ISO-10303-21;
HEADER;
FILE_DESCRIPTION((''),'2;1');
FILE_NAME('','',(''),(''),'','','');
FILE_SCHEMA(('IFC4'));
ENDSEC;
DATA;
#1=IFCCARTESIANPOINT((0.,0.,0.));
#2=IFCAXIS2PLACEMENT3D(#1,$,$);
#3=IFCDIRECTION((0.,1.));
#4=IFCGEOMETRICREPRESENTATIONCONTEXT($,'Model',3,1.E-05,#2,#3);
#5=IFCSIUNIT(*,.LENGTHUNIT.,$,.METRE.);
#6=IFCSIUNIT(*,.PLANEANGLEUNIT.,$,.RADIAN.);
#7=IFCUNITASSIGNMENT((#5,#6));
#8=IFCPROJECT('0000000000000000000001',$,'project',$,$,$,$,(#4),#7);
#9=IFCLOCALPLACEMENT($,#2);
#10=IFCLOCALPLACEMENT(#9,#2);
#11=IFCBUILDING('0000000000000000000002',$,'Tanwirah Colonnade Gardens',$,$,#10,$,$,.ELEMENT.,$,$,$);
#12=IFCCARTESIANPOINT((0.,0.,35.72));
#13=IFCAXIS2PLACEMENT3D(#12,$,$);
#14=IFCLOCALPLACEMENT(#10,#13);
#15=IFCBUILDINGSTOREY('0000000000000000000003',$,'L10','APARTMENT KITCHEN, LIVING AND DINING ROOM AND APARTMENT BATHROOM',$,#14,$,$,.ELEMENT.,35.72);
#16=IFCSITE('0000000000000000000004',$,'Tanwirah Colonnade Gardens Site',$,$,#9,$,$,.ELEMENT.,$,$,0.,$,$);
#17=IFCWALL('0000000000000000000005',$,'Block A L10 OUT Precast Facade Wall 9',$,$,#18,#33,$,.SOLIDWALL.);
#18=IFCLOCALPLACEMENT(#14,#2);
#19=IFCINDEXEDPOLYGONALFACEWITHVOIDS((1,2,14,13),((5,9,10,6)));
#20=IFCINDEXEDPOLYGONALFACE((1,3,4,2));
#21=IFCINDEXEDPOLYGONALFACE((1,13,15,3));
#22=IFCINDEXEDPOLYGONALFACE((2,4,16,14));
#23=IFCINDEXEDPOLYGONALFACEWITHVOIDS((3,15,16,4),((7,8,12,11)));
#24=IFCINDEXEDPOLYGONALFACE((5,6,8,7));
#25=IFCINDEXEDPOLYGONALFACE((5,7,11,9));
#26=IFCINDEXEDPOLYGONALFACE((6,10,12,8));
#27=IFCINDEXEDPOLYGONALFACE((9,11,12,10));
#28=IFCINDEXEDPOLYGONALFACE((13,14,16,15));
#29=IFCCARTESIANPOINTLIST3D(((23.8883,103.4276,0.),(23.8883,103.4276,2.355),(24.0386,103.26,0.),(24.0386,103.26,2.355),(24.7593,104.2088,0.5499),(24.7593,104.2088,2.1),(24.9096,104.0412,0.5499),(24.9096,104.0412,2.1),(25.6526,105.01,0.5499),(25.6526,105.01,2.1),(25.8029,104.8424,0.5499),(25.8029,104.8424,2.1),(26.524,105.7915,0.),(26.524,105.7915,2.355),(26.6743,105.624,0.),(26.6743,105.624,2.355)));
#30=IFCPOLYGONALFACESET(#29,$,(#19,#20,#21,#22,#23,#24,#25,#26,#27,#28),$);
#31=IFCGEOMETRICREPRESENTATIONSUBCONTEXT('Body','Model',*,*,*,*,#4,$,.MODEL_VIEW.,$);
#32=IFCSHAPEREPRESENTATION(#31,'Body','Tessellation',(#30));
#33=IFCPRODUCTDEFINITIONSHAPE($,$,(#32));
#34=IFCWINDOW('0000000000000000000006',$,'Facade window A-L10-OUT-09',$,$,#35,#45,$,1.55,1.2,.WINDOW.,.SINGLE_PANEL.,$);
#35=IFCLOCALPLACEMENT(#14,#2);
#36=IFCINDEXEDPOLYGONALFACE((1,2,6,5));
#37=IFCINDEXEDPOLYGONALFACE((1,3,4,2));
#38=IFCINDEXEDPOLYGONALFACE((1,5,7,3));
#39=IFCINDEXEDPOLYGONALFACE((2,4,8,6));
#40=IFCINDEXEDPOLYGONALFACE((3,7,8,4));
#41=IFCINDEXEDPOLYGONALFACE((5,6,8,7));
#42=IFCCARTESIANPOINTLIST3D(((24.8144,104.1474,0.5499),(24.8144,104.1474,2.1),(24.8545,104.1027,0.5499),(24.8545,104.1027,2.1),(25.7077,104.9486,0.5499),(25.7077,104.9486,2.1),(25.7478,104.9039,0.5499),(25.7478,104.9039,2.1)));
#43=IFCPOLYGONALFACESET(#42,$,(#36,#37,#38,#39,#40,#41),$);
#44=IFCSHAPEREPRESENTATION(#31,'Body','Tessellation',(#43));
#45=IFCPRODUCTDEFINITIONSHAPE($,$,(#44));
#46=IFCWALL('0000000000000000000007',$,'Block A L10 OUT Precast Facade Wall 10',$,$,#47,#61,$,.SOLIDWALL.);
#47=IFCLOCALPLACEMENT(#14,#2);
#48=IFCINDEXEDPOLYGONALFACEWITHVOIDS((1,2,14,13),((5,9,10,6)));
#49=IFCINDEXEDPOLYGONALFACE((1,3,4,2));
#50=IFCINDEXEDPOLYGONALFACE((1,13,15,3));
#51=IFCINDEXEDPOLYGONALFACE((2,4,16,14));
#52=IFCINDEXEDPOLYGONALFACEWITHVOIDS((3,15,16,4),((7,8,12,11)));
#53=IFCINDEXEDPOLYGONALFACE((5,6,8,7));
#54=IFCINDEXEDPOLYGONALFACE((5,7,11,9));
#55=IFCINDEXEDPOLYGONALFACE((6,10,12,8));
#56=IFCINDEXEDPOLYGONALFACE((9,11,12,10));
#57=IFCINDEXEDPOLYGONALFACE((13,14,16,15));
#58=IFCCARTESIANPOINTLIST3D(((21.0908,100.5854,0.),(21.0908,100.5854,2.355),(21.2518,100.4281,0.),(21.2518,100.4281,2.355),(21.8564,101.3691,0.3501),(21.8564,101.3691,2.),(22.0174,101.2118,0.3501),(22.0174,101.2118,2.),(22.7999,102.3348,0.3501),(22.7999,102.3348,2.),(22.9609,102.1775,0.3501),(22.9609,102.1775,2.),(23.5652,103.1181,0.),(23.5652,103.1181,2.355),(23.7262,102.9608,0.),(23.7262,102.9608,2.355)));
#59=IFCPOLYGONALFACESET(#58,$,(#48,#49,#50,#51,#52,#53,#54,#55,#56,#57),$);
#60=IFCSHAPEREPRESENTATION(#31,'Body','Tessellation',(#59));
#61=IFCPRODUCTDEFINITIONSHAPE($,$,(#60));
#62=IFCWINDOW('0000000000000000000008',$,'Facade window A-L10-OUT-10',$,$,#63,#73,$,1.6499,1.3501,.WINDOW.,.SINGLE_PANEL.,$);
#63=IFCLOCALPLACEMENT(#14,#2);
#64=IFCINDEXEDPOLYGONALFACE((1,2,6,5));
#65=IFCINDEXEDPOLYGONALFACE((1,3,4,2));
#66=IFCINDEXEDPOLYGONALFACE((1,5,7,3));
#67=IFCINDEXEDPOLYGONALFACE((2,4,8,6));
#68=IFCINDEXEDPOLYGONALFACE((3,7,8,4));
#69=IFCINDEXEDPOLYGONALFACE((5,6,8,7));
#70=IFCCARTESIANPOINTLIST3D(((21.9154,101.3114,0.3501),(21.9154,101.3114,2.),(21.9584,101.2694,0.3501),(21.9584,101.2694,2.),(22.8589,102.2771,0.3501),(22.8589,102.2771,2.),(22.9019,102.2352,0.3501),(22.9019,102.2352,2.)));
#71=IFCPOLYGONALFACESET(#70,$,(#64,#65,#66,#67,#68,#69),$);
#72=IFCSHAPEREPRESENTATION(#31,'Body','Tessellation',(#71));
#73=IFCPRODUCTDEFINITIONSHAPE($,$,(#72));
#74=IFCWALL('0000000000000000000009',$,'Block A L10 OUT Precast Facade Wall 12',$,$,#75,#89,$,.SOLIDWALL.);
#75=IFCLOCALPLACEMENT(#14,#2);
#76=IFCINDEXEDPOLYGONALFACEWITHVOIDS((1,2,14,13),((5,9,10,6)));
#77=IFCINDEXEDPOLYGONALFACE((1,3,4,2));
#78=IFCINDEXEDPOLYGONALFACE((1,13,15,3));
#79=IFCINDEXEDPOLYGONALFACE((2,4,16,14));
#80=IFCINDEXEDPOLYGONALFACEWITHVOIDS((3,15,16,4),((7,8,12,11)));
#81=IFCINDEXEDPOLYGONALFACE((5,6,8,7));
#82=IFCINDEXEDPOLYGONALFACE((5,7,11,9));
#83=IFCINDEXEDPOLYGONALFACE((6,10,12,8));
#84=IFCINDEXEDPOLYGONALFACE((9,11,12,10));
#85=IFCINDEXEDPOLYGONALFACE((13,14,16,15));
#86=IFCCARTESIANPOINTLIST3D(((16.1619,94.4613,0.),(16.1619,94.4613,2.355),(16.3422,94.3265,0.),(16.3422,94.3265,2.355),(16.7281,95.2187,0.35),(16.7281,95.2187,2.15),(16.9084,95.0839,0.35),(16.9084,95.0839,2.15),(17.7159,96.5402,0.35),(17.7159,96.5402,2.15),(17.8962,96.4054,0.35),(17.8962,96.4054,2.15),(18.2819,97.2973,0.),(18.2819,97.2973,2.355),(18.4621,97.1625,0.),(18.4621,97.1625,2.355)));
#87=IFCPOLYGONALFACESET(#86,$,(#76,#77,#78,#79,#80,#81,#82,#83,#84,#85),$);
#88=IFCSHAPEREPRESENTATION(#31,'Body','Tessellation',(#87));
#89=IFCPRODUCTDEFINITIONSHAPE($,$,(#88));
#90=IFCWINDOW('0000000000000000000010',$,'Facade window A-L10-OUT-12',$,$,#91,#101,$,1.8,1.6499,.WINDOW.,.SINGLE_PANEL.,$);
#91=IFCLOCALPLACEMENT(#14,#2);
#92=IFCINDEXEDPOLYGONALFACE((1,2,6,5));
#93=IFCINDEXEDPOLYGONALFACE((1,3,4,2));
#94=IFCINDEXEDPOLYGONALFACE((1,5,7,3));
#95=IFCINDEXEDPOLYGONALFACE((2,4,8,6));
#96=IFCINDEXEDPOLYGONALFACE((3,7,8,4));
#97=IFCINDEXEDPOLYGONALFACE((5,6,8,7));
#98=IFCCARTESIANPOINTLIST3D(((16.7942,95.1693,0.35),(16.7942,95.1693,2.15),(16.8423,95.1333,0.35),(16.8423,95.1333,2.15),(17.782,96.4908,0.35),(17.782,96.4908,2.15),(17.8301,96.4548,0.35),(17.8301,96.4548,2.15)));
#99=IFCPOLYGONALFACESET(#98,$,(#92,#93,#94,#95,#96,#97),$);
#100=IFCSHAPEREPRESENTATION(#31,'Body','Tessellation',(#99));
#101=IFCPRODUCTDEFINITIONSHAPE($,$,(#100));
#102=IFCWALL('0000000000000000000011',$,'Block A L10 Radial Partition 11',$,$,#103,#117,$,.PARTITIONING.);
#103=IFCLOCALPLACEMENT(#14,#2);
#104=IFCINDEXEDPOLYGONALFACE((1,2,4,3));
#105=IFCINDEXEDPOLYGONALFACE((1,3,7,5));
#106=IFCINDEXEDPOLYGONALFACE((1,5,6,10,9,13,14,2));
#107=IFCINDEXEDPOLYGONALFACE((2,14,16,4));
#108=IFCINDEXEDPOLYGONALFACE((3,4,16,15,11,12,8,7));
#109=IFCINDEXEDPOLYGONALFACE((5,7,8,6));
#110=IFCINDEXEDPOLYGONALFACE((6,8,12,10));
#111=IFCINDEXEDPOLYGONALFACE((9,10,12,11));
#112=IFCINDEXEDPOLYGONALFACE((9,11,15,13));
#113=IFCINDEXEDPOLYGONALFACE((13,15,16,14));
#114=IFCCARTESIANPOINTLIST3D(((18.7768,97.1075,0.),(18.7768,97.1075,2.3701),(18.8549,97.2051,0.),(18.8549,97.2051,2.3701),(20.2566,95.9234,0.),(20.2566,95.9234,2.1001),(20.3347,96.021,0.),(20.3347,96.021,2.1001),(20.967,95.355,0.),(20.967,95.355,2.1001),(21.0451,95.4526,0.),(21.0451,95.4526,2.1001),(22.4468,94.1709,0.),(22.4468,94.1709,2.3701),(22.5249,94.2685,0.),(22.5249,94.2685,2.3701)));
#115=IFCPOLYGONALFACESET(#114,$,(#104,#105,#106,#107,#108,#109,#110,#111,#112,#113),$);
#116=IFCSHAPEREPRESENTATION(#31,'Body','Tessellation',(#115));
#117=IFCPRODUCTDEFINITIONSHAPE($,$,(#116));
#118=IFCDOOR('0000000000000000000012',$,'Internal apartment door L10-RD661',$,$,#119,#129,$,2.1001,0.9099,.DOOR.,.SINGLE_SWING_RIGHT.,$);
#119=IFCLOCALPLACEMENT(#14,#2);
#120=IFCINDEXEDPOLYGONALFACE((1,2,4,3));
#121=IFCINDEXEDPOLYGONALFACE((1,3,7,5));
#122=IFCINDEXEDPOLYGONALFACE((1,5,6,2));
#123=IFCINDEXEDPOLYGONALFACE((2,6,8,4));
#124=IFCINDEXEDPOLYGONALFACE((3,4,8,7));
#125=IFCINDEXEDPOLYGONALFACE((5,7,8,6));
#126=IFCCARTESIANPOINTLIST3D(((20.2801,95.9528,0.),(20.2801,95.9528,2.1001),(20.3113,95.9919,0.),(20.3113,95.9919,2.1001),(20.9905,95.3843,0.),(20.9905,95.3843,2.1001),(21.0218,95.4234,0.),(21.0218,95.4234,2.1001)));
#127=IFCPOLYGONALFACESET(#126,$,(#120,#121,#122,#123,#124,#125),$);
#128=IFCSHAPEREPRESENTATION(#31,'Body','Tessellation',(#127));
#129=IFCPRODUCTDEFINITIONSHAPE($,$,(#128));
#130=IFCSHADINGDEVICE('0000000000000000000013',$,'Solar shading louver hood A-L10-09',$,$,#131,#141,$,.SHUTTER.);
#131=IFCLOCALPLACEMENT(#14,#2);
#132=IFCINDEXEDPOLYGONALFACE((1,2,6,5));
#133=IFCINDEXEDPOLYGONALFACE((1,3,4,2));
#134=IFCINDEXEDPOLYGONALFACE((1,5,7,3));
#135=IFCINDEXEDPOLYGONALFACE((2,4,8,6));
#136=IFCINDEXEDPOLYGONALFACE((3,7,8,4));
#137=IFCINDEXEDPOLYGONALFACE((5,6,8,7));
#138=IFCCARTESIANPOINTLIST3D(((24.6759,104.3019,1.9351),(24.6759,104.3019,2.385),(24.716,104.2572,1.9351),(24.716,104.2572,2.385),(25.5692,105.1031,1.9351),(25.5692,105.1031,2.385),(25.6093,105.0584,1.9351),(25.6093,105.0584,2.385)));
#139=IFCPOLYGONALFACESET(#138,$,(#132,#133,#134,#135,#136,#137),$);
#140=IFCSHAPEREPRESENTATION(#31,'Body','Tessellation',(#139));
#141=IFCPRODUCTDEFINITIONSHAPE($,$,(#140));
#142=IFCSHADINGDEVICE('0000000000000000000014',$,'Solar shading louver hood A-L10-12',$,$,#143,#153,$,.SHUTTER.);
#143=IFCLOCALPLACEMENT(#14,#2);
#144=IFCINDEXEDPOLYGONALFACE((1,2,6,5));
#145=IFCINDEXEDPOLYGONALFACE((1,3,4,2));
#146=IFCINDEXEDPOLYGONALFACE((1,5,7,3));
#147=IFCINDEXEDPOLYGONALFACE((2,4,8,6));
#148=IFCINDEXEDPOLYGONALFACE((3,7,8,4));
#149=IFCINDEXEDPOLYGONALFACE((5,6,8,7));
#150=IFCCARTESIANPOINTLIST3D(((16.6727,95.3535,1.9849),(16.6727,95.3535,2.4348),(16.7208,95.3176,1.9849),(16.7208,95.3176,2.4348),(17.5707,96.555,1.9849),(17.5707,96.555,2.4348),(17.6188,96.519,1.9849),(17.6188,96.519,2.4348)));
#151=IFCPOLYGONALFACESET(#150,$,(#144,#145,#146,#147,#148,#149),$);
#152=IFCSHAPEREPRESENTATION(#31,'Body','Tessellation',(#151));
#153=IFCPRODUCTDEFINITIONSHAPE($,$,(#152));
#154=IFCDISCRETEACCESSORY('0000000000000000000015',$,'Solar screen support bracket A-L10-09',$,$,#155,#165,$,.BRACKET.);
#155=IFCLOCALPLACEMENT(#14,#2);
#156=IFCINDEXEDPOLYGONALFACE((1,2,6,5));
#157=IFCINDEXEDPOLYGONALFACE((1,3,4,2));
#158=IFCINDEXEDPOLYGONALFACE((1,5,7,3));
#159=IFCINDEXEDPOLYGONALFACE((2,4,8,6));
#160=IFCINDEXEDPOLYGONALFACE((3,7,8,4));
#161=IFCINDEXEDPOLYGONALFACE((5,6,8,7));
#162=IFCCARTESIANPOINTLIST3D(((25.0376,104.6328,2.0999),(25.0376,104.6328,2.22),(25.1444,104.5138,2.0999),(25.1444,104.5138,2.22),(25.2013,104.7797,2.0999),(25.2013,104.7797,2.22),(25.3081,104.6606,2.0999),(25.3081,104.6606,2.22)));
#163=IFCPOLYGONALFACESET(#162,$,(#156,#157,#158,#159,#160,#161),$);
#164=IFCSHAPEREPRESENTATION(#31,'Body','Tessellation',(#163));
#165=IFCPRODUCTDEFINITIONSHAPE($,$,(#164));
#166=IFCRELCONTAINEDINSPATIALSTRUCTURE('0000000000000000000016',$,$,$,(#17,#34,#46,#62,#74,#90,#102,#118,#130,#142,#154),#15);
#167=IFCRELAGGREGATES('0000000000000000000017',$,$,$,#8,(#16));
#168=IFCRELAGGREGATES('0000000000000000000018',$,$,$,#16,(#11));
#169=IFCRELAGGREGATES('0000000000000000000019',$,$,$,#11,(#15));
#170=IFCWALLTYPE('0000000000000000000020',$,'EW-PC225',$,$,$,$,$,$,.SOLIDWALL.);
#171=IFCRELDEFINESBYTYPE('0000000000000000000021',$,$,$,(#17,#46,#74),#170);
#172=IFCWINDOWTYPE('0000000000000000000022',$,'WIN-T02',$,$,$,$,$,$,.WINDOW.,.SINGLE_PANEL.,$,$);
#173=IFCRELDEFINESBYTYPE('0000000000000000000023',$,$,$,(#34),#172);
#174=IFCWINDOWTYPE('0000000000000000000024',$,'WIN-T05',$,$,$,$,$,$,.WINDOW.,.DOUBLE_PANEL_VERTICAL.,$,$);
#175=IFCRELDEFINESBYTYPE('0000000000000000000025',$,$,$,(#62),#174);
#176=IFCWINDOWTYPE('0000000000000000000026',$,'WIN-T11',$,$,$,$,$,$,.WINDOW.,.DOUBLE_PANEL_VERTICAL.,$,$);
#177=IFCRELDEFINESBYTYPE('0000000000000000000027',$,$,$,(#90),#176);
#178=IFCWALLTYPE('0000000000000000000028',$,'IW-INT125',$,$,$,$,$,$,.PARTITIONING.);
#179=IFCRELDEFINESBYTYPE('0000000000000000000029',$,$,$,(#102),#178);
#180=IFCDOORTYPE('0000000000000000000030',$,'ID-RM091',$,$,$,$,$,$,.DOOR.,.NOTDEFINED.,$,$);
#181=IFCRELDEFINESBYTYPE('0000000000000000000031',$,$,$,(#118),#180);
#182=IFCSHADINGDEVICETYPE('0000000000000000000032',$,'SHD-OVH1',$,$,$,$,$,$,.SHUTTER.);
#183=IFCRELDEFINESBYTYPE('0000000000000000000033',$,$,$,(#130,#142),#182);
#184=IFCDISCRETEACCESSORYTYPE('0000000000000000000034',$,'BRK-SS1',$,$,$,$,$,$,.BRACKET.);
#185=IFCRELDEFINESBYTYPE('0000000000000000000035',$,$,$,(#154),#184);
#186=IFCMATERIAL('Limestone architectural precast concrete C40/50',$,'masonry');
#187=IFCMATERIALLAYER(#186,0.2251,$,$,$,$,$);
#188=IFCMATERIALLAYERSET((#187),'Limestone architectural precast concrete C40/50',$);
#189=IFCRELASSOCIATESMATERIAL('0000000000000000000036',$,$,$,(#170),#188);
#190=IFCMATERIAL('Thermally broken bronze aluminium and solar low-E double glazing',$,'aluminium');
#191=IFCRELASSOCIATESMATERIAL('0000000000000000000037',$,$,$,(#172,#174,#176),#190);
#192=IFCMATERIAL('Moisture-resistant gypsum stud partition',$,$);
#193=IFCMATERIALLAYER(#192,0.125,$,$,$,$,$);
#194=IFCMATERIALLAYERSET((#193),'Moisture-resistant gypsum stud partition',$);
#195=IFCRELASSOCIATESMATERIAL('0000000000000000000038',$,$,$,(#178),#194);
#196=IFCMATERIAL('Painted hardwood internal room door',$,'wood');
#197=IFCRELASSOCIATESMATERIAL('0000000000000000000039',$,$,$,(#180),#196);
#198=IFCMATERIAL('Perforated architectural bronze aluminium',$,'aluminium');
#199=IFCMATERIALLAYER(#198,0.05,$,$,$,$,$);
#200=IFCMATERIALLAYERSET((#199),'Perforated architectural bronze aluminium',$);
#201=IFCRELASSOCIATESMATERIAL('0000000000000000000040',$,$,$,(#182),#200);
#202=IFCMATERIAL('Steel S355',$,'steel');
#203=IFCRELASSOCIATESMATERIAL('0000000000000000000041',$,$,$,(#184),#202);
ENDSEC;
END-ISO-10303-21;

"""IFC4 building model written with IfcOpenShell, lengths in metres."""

from ifc_helpers import new_model, si_unit, direction, frame, frame_2d, origin, origin_2d, place, context, subcontext, project, spatial, rectangle, extrude, material, layer, layer_set, type_object, element, fill, save


model = new_model("IFC4")

# Units and contexts
model_context = context("Model", 3, precision=1e-05, world=origin(), true_north=direction((0.0, 1.0)))
body_context = subcontext(model_context, "Body", "Model", "MODEL_VIEW")
ifc_project = project(units=[si_unit("LENGTHUNIT", "METRE"), si_unit("PLANEANGLEUNIT", "RADIAN")], contexts=[model_context])

# Site, building, storey
site_placement = place(None, origin())
site = spatial("IfcSite", under=ifc_project, at=site_placement, Name="Tanwirah Colonnade Gardens Site", CompositionType="ELEMENT", RefElevation=0.0)
building_placement = place(site_placement, origin())
building = spatial("IfcBuilding", under=site, at=building_placement, Name="Tanwirah Colonnade Gardens", CompositionType="ELEMENT")
storey_placement = place(building_placement, frame((0.0, 0.0, 35.72)))
storey = spatial("IfcBuildingStorey", under=building, at=storey_placement, Name="L10", Description="APARTMENT KITCHEN, LIVING AND DINING ROOM AND APARTMENT BATHROOM", CompositionType="ELEMENT", Elevation=35.72)

# Walls, openings, windows
ifc_material_1 = material(Name="Limestone architectural precast concrete C40/50", Category="masonry")
ifc_layer_1 = layer(ifc_material_1, 0.2251)
ifc_layer_set_1 = layer_set([ifc_layer_1], Name="Limestone architectural precast concrete C40/50")
wall_type_1 = type_object("IfcWallType", Name="EW-PC225", PredefinedType="SOLIDWALL", material=ifc_layer_set_1)
wall_1_placement = place(storey_placement, frame((26.5991, 105.7078, 0.0), z_axis=(0.0, 0.0, 1.0), x_axis=(-0.744438, -0.667691, 0.0)))
wall_1 = element("IfcWall", 1, at=wall_1_placement, inside=storey, type_object=wall_type_1, Name="Block A L10 OUT Precast Facade Wall 9", PredefinedType="SOLIDWALL", context=body_context, shape_type="SweptSolid", body=[
    extrude(rectangle(XDim=3.5405, YDim=0.2251, at=frame_2d((1.7703, 0.0))), origin(), (0.0, 0.0, 1.0), 2.355),
])
opening_1_placement = place(wall_1_placement, frame((1.1704, 0.0, 0.55)))
opening_1 = element("IfcOpeningElement", 2, at=opening_1_placement, cuts=wall_1, PredefinedType="OPENING", context=body_context, shape_type="SweptSolid", body=[
    extrude(rectangle(XDim=1.2, YDim=1.55, at=frame_2d((0.6001, 0.7749))), frame((0.0, 0.1226, 0.0), z_axis=(0.0, -1.0, 0.0), x_axis=(1.0, 0.0, 0.0)), (0.0, 0.0, 1.0), 0.2451),
])
ifc_material_2 = material(Name="Thermally broken bronze aluminium and solar low-E double glazing", Category="aluminium")
window_type_1 = type_object("IfcWindowType", Name="WIN-T02", PartitioningType="SINGLE_PANEL", PredefinedType="WINDOW", material=ifc_material_2)
window_1_placement = place(opening_1_placement, origin())
window_1 = element("IfcWindow", 3, at=window_1_placement, inside=storey, type_object=window_type_1, Name="Facade window A-L10-OUT-09", OverallHeight=1.55, OverallWidth=1.2, PartitioningType="SINGLE_PANEL", PredefinedType="WINDOW", context=body_context, shape_type="SweptSolid", body=[
    extrude(rectangle(XDim=1.2, YDim=1.55, at=frame_2d((0.6001, 0.7749))), frame((0.0, 0.03, 0.0), z_axis=(0.0, -1.0, 0.0), x_axis=(1.0, 0.0, 0.0)), (0.0, 0.0, 1.0), 0.0601),
])
fill(opening_1, window_1)
wall_2_placement = place(storey_placement, frame((23.6458, 103.0396, 0.0), z_axis=(0.0, 0.0, 1.0), x_axis=(-0.698819, -0.715298, 0.0)))
wall_2 = element("IfcWall", 4, at=wall_2_placement, inside=storey, type_object=wall_type_1, Name="Block A L10 OUT Precast Facade Wall 10", PredefinedType="SOLIDWALL", context=body_context, shape_type="SweptSolid", body=[
    extrude(rectangle(XDim=3.5408, YDim=0.2251, at=frame_2d((1.7705, 0.0))), origin(), (0.0, 0.0, 1.0), 2.355),
])
opening_2_placement = place(wall_2_placement, frame((1.0952, 0.0, 0.3501)))
opening_2 = element("IfcOpeningElement", 5, at=opening_2_placement, cuts=wall_2, PredefinedType="OPENING", context=body_context, shape_type="SweptSolid", body=[
    extrude(rectangle(XDim=1.3501, YDim=1.6499, at=frame_2d((0.675, 0.825))), frame((0.0, 0.1226, 0.0), z_axis=(0.0, -1.0, 0.0), x_axis=(1.0, 0.0, 0.0)), (0.0, 0.0, 1.0), 0.2451),
])
window_type_2 = type_object("IfcWindowType", Name="WIN-T05", PartitioningType="DOUBLE_PANEL_VERTICAL", PredefinedType="WINDOW", material=ifc_material_2)
window_2_placement = place(opening_2_placement, origin())
window_2 = element("IfcWindow", 6, at=window_2_placement, inside=storey, type_object=window_type_2, Name="Facade window A-L10-OUT-10", OverallHeight=1.6499, OverallWidth=1.3501, PartitioningType="SINGLE_PANEL", PredefinedType="WINDOW", context=body_context, shape_type="SweptSolid", body=[
    extrude(rectangle(XDim=1.3501, YDim=1.6499, at=frame_2d((0.675, 0.825))), frame((0.0, 0.03, 0.0), z_axis=(0.0, -1.0, 0.0), x_axis=(1.0, 0.0, 0.0)), (0.0, 0.0, 1.0), 0.0601),
])
fill(opening_2, window_2)

# Wall, opening, window
wall_3_placement = place(storey_placement, frame((18.3721, 97.23, 0.0), z_axis=(0.0, 0.0, 1.0), x_axis=(-0.598719, -0.800959, 0.0)))
wall_3 = element("IfcWall", 7, at=wall_3_placement, inside=storey, type_object=wall_type_1, Name="Block A L10 OUT Precast Facade Wall 12", PredefinedType="SOLIDWALL", context=body_context, shape_type="SweptSolid", body=[
    extrude(rectangle(XDim=3.5408, YDim=0.2251, at=frame_2d((1.7705, 0.0))), origin(), (0.0, 0.0, 1.0), 2.355),
])
opening_3_placement = place(wall_3_placement, frame((0.9453, 0.0, 0.3501)))
opening_3 = element("IfcOpeningElement", 8, at=opening_3_placement, cuts=wall_3, PredefinedType="OPENING", context=body_context, shape_type="SweptSolid", body=[
    extrude(rectangle(XDim=1.6499, YDim=1.8, at=frame_2d((0.825, 0.8999))), frame((0.0, 0.1226, 0.0), z_axis=(0.0, -1.0, 0.0), x_axis=(1.0, 0.0, 0.0)), (0.0, 0.0, 1.0), 0.2451),
])
window_type_3 = type_object("IfcWindowType", Name="WIN-T11", PartitioningType="DOUBLE_PANEL_VERTICAL", PredefinedType="WINDOW", material=ifc_material_2)
window_3_placement = place(opening_3_placement, origin())
window_3 = element("IfcWindow", 9, at=window_3_placement, inside=storey, type_object=window_type_3, Name="Facade window A-L10-OUT-12", OverallHeight=1.8, OverallWidth=1.6499, PartitioningType="SINGLE_PANEL", PredefinedType="WINDOW", context=body_context, shape_type="SweptSolid", body=[
    extrude(rectangle(XDim=1.6499, YDim=1.8, at=frame_2d((0.825, 0.8999))), frame((0.0, 0.03, 0.0), z_axis=(0.0, -1.0, 0.0), x_axis=(1.0, 0.0, 0.0)), (0.0, 0.0, 1.0), 0.0601),
])
fill(opening_3, window_3)

# Wall, opening, door
ifc_material_3 = material(Name="Moisture-resistant gypsum stud partition")
ifc_layer_2 = layer(ifc_material_3, 0.125)
ifc_layer_set_2 = layer_set([ifc_layer_2], Name="Moisture-resistant gypsum stud partition")
wall_type_2 = type_object("IfcWallType", Name="IW-INT125", PredefinedType="PARTITIONING", material=ifc_layer_set_2)
wall_4_placement = place(storey_placement, frame((22.4858, 94.2197, 0.0), z_axis=(0.0, 0.0, 1.0), x_axis=(-0.780808, 0.624771, 0.0)))
wall_4 = element("IfcWall", 10, at=wall_4_placement, inside=storey, type_object=wall_type_2, Name="Block A L10 Radial Partition 11", PredefinedType="PARTITIONING", context=body_context, shape_type="SweptSolid", body=[
    extrude(rectangle(XDim=4.7002, YDim=0.125, at=frame_2d((2.3501, 0.0))), origin(), (0.0, 0.0, 1.0), 2.3701),
])
opening_4_placement = place(wall_4_placement, frame((1.895, 0.0, 0.0)))
opening_4 = element("IfcOpeningElement", 11, at=opening_4_placement, cuts=wall_4, PredefinedType="OPENING", context=body_context, shape_type="SweptSolid", body=[
    extrude(rectangle(XDim=0.9099, YDim=2.1001, at=frame_2d((0.4551, 1.05))), frame((0.0, 0.0725, 0.0), z_axis=(0.0, -1.0, 0.0), x_axis=(1.0, 0.0, 0.0)), (0.0, 0.0, 1.0), 0.145),
])
ifc_material_4 = material(Name="Painted hardwood internal room door", Category="wood")
door_type_1 = type_object("IfcDoorType", Name="ID-RM091", OperationType="NOTDEFINED", PredefinedType="DOOR", material=ifc_material_4)
door_1_placement = place(opening_4_placement, origin())
door_1 = element("IfcDoor", 12, at=door_1_placement, inside=storey, type_object=door_type_1, Name="Internal apartment door L10-RD661", OperationType="SINGLE_SWING_RIGHT", OverallHeight=2.1001, OverallWidth=0.9099, PredefinedType="DOOR", context=body_context, shape_type="SweptSolid", body=[
    extrude(rectangle(XDim=0.9099, YDim=2.1001, at=frame_2d((0.4551, 1.05))), frame((0.0, 0.0249, 0.0), z_axis=(0.0, -1.0, 0.0), x_axis=(1.0, 0.0, 0.0)), (0.0, 0.0, 1.0), 0.05),
])
fill(opening_4, door_1)

# Shading devices
ifc_material_5 = material(Name="Perforated architectural bronze aluminium", Category="aluminium")
ifc_layer_3 = layer(ifc_material_5, 0.05)
ifc_layer_set_3 = layer_set([ifc_layer_3], Name="Perforated architectural bronze aluminium")
shading_device_type = type_object("IfcShadingDeviceType", Name="SHD-OVH1", PredefinedType="SHUTTER", material=ifc_layer_set_3)
shading_device_1_placement = place(storey_placement, frame((25.1426, 104.6802, 1.9351), z_axis=(0.0, 0.0, 1.0), x_axis=(-0.74444, -0.66769, 0.0)))
element("IfcShadingDevice", 13, at=shading_device_1_placement, inside=storey, type_object=shading_device_type, Name="Solar shading louver hood A-L10-09", PredefinedType="SHUTTER", context=body_context, shape_type="SweptSolid", body=[
    extrude(rectangle(XDim=1.2, YDim=0.0601, at=origin_2d()), origin(), (0.0, 0.0, 1.0), 0.45),
])
shading_device_2_placement = place(storey_placement, frame((17.1458, 95.9363, 1.9849), z_axis=(0.0, 0.0, 1.0), x_axis=(-0.598713, -0.800964, 0.0)))
element("IfcShadingDevice", 14, at=shading_device_2_placement, inside=storey, type_object=shading_device_type, Name="Solar shading louver hood A-L10-12", PredefinedType="SHUTTER", context=body_context, shape_type="SweptSolid", body=[
    extrude(rectangle(XDim=1.5, YDim=0.0601, at=origin_2d()), origin(), (0.0, 0.0, 1.0), 0.45),
])

# Discrete accessory
ifc_material_6 = material(Name="Steel S355", Category="steel")
discrete_accessory_type = type_object("IfcDiscreteAccessoryType", Name="BRK-SS1", PredefinedType="BRACKET", material=ifc_material_6)
for number, where, z_axis, x_axis, name in (
    (15, (25.1729, 104.6467, 2.0999), (0.0, 0.0, 1.0), (-0.74444, -0.66769, 0.0), "Solar screen support bracket A-L10-09"),
):
    element("IfcDiscreteAccessory", number, at=place(storey_placement, frame(where, z_axis=z_axis, x_axis=x_axis)), inside=storey, type_object=discrete_accessory_type, Name=name, PredefinedType="BRACKET", context=body_context, shape_type="SweptSolid", body=[
        extrude(rectangle(XDim=0.22, YDim=0.1599, at=origin_2d()), origin(), (0.0, 0.0, 1.0), 0.1201),
    ])

save(model, "model.ifc")
